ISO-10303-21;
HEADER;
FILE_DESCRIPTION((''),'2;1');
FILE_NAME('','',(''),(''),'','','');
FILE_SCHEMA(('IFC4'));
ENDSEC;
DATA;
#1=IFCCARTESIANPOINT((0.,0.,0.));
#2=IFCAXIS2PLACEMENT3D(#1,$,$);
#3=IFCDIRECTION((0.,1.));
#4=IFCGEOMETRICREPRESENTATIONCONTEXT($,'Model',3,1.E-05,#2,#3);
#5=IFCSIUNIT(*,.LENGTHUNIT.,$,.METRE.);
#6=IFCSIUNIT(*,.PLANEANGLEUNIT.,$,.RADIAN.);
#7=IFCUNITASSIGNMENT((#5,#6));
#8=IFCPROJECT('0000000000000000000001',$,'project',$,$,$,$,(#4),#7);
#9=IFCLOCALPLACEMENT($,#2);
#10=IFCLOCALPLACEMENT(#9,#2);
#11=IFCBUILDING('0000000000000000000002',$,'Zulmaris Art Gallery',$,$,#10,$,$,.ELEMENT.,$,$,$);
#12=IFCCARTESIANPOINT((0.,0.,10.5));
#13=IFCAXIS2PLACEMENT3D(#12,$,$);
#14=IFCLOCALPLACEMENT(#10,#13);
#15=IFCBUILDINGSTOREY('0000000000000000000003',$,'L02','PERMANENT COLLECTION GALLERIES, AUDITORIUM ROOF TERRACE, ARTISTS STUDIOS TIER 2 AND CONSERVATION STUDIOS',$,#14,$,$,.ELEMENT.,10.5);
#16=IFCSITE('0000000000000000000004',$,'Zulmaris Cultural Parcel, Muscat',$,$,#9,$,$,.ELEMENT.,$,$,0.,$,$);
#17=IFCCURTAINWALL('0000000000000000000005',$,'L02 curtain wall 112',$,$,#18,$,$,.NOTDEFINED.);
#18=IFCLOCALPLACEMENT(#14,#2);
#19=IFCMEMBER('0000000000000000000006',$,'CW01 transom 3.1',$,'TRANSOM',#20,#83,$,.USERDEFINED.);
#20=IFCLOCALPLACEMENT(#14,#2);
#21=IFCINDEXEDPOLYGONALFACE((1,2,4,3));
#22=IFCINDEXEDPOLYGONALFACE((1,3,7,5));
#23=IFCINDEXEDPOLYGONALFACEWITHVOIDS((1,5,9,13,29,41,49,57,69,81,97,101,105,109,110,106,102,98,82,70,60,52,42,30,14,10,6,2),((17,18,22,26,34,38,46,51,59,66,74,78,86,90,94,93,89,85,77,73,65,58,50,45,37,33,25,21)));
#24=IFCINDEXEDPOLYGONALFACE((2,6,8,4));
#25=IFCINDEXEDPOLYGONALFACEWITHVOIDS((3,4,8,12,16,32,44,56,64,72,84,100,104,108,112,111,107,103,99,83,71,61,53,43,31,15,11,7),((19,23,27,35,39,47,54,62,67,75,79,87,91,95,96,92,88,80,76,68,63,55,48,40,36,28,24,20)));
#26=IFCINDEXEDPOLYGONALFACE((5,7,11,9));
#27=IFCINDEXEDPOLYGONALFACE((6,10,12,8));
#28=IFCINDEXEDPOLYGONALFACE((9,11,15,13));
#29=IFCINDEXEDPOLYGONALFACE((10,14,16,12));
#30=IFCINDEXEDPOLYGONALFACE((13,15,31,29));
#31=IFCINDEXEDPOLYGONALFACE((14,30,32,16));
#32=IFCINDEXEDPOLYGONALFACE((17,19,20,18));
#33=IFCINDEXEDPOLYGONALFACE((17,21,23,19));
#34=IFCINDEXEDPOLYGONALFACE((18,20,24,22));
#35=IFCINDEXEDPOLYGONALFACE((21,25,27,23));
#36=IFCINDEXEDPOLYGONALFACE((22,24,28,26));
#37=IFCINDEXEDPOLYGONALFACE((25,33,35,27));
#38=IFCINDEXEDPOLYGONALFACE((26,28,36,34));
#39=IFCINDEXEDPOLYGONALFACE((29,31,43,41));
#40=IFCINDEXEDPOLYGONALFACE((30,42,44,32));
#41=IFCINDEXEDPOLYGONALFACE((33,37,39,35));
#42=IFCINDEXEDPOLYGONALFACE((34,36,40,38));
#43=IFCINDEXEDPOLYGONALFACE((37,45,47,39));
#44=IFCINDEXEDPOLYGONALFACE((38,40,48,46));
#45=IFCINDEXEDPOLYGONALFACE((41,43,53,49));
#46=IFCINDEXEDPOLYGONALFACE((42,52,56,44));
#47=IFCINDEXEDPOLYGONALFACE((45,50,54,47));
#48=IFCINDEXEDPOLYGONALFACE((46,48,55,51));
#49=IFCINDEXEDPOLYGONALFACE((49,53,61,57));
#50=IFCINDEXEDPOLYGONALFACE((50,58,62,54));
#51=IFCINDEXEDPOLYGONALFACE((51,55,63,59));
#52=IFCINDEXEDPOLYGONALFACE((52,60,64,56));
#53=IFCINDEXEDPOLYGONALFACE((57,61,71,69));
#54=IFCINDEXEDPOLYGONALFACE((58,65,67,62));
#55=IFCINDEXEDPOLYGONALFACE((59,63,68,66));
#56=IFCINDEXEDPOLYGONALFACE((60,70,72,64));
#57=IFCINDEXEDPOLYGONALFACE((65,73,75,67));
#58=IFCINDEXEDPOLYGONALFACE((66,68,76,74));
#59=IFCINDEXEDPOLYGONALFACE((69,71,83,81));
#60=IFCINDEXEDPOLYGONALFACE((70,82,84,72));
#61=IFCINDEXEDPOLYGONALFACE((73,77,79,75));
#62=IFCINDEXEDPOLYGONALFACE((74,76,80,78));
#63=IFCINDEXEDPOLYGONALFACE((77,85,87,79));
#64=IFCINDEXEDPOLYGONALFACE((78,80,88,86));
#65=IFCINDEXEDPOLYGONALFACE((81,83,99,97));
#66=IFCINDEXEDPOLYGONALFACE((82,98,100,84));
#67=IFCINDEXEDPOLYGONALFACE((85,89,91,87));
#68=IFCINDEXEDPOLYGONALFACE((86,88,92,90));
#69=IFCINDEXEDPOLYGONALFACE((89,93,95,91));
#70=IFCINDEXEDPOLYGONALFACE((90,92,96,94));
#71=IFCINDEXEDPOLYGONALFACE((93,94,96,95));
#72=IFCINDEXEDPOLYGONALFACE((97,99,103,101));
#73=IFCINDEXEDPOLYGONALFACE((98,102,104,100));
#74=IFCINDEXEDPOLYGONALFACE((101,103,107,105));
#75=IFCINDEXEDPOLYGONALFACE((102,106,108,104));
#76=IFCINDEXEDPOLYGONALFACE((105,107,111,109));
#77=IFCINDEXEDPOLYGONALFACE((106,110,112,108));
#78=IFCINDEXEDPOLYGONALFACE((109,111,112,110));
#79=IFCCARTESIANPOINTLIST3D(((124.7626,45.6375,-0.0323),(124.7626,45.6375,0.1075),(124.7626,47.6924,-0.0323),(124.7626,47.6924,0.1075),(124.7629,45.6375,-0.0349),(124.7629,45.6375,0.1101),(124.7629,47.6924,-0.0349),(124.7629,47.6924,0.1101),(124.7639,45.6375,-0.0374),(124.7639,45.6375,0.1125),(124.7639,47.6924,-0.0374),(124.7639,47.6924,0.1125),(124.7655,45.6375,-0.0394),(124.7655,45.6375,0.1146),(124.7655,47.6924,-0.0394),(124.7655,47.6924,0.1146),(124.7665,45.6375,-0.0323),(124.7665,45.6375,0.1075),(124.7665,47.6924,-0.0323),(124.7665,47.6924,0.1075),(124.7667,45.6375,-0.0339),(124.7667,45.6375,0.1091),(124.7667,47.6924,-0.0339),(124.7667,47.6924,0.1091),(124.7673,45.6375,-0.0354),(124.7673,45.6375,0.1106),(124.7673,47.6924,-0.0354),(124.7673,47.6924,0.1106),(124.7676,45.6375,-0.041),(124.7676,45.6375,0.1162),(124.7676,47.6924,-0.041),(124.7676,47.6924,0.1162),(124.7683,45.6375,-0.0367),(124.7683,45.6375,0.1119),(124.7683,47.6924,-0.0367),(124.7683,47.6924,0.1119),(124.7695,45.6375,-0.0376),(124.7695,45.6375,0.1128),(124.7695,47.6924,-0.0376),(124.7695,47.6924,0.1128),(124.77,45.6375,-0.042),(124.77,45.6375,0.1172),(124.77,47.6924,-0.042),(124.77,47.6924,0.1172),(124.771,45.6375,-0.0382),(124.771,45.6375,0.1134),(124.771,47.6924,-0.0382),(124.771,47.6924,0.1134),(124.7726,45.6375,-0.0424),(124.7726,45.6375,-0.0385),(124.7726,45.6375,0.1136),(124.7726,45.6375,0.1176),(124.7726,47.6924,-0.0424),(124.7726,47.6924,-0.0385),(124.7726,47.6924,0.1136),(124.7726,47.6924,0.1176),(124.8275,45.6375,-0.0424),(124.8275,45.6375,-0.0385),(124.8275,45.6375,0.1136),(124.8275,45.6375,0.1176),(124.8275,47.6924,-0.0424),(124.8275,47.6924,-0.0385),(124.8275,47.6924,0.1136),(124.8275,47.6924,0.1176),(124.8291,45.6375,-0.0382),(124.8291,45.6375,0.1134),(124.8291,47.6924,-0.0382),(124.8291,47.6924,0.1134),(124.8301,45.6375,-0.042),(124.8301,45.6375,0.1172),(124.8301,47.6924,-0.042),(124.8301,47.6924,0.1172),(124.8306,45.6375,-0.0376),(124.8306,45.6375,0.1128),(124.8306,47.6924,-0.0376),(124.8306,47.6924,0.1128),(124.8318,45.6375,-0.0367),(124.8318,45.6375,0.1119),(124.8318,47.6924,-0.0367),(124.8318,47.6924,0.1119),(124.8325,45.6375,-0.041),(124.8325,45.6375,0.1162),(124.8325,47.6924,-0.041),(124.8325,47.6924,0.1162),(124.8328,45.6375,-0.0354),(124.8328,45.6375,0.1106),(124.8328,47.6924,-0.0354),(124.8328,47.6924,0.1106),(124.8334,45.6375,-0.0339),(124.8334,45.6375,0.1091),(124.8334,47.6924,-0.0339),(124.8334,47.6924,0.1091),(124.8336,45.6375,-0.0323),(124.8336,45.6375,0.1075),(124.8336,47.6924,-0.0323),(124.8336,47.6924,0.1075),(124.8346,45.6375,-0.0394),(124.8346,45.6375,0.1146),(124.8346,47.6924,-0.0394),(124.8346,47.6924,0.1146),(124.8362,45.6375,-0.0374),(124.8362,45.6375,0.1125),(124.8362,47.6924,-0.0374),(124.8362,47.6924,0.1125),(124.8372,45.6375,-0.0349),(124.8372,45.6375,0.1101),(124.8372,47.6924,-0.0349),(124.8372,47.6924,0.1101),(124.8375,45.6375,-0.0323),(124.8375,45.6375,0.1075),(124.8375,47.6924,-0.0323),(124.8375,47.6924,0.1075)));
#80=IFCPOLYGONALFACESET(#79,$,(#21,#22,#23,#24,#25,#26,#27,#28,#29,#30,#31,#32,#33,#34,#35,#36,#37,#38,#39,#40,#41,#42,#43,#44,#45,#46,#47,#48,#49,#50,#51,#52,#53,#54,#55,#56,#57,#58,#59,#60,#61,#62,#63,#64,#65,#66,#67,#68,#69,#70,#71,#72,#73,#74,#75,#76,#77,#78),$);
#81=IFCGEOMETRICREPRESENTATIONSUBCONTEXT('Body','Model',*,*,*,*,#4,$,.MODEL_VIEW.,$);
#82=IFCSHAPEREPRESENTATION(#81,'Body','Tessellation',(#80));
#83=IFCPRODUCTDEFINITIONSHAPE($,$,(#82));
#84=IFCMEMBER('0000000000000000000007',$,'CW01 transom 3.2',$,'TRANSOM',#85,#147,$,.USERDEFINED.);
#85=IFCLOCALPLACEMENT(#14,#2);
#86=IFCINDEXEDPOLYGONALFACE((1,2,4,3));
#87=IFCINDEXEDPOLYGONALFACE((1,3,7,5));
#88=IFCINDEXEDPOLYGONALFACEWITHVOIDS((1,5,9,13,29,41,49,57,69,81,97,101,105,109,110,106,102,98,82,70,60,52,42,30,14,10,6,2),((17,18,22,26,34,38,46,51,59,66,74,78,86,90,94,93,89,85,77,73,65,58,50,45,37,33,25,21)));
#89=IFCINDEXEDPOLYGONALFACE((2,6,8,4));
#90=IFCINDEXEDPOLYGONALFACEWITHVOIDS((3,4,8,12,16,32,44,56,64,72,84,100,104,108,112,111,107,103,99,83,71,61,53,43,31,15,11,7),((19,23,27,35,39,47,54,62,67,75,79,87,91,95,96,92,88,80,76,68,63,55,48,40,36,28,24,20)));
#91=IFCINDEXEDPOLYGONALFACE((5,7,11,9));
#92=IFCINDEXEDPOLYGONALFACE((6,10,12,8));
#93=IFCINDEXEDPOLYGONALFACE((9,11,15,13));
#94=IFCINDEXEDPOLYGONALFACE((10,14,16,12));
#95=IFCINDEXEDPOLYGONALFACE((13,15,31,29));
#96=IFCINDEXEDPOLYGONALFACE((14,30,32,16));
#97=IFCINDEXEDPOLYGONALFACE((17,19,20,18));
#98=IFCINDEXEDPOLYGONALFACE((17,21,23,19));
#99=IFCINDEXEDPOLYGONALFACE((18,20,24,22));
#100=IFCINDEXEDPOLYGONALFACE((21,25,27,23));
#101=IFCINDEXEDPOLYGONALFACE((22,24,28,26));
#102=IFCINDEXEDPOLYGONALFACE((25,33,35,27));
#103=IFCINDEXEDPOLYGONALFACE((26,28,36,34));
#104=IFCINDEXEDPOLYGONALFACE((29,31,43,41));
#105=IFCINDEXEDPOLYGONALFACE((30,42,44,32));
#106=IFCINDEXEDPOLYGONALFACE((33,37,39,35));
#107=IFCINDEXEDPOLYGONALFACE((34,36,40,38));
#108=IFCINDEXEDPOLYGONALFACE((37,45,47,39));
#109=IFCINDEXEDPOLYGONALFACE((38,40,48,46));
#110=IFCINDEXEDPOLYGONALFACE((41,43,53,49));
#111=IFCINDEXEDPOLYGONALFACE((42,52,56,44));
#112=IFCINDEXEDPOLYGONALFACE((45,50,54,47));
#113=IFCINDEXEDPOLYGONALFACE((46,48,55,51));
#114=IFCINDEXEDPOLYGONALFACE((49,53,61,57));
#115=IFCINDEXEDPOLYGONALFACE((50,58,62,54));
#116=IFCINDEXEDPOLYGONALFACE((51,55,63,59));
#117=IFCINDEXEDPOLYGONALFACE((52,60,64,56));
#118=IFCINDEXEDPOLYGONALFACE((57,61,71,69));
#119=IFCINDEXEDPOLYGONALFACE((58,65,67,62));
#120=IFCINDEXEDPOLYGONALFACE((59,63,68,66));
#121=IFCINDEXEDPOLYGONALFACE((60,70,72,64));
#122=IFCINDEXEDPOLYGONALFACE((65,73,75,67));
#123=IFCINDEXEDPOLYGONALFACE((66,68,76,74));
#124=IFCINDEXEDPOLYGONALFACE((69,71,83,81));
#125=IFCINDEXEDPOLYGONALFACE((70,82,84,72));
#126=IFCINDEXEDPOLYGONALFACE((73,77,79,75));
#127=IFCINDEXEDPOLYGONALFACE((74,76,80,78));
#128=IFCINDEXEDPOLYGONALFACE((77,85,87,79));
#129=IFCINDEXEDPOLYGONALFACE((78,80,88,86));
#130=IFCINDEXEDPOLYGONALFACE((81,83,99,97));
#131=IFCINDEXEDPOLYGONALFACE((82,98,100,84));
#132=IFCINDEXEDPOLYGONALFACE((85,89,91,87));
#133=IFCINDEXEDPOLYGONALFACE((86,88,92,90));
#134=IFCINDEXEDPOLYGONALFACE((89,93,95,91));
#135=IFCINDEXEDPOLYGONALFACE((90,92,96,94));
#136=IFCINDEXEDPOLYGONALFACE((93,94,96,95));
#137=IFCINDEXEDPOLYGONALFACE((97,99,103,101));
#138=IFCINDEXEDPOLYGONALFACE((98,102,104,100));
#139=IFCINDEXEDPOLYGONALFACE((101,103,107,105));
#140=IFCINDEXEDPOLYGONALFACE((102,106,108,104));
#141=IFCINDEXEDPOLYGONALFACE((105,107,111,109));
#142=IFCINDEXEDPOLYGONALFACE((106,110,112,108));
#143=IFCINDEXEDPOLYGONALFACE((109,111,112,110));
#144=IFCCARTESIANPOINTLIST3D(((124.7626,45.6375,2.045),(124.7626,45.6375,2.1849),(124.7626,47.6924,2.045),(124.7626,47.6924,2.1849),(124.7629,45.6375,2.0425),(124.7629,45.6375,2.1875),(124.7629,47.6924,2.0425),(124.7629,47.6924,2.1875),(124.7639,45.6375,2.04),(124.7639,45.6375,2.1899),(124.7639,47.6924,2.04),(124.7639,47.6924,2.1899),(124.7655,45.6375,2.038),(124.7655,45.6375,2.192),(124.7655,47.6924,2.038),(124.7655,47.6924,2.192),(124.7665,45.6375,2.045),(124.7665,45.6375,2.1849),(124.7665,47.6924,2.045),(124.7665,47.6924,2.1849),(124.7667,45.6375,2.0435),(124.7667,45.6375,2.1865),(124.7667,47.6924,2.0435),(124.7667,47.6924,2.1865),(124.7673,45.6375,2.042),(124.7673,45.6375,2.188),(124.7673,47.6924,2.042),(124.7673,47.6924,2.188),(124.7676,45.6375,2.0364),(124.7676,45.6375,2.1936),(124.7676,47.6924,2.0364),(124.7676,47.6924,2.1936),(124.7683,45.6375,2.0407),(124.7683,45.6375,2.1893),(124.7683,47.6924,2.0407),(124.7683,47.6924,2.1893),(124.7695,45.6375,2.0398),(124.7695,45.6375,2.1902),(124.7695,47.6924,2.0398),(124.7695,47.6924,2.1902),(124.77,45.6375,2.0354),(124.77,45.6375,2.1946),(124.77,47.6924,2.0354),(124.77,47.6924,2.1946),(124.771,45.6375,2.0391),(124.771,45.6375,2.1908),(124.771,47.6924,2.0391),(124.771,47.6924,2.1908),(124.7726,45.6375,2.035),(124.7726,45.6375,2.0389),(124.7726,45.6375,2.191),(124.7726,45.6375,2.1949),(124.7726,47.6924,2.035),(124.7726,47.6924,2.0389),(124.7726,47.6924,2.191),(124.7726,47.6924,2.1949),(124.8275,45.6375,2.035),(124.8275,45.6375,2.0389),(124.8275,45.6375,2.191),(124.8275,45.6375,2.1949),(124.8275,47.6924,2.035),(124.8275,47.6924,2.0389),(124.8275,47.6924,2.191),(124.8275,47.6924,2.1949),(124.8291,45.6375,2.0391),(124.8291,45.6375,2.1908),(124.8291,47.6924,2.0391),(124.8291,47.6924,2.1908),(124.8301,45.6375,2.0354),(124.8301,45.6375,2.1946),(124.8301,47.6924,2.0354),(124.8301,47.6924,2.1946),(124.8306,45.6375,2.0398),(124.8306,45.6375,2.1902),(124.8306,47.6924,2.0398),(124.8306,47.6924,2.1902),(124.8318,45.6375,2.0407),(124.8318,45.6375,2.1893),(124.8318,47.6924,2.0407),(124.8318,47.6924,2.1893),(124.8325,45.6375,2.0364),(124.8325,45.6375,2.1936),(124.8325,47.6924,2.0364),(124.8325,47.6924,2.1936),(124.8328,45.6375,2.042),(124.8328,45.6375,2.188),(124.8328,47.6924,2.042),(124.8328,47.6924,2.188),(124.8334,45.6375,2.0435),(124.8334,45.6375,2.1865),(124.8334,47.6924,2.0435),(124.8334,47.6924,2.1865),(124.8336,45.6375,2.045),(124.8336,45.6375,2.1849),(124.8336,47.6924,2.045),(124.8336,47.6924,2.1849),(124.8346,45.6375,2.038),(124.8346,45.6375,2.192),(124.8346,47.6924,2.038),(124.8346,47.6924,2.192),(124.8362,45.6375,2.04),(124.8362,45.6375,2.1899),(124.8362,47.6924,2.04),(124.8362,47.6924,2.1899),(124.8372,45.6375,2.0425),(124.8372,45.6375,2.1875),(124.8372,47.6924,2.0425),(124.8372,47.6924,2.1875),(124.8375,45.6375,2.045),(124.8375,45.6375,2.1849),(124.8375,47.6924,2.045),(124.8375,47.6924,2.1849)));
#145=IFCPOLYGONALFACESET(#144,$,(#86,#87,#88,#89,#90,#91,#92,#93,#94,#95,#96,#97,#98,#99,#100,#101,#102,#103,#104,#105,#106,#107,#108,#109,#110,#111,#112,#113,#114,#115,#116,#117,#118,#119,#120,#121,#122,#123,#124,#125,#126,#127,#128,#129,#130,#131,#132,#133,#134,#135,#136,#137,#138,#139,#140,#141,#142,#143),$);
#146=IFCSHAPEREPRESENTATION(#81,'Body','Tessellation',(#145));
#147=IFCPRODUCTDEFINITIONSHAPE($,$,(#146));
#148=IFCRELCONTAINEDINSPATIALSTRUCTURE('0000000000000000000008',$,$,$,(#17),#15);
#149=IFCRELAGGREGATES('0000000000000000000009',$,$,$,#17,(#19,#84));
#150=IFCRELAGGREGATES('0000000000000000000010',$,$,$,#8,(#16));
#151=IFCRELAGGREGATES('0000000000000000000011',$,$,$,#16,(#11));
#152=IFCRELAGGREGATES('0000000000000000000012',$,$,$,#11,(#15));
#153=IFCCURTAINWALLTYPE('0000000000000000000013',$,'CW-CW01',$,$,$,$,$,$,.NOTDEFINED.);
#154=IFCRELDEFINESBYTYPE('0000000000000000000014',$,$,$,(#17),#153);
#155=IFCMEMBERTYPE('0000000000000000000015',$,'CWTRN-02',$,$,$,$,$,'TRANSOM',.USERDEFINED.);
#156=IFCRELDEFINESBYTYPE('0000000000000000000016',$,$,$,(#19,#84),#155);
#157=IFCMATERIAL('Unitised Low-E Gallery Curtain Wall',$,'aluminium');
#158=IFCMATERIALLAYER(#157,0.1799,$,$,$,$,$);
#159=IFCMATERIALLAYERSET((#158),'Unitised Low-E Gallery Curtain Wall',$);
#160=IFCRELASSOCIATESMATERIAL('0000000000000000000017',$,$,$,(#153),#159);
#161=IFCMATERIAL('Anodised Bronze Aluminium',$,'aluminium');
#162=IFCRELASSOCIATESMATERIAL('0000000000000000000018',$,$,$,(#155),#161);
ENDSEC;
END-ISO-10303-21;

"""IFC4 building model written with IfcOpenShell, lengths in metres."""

from ifc_helpers import new_model, si_unit, direction, frame, origin, origin_2d, place, context, subcontext, project, spatial, hollow_rectangle, extrude, material, layer, layer_set, material_profile, profile_set, type_object, element, aggregate, save


model = new_model("IFC4")

# Units and contexts
model_context = context("Model", 3, precision=1e-05, world=origin(), true_north=direction((0.0, 1.0)))
body_context = subcontext(model_context, "Body", "Model", "MODEL_VIEW")
ifc_project = project(units=[si_unit("LENGTHUNIT", "METRE"), si_unit("PLANEANGLEUNIT", "RADIAN")], contexts=[model_context])

# Site, building, storey
site_placement = place(None, origin())
site = spatial("IfcSite", under=ifc_project, at=site_placement, Name="Zulmaris Cultural Parcel, Muscat", CompositionType="ELEMENT", RefElevation=0.0)
building_placement = place(site_placement, origin())
building = spatial("IfcBuilding", under=site, at=building_placement, Name="Zulmaris Art Gallery", CompositionType="ELEMENT")
storey_placement = place(building_placement, frame((0.0, 0.0, 10.5)))
storey = spatial("IfcBuildingStorey", under=building, at=storey_placement, Name="L02", Description="PERMANENT COLLECTION GALLERIES, AUDITORIUM ROOF TERRACE, ARTISTS STUDIOS TIER 2 AND CONSERVATION STUDIOS", CompositionType="ELEMENT", Elevation=10.5)

# Curtain wall
ifc_material_1 = material(Name="Unitised Low-E Gallery Curtain Wall", Category="aluminium")
ifc_layer_1 = layer(ifc_material_1, 0.1799)
ifc_layer_set_1 = layer_set([ifc_layer_1], Name="Unitised Low-E Gallery Curtain Wall")
curtain_wall_type = type_object("IfcCurtainWallType", Name="CW-CW01", PredefinedType="NOTDEFINED", material=ifc_layer_set_1)
curtain_wall_1_placement = place(storey_placement, origin())
curtain_wall_1 = element("IfcCurtainWall", 1, at=curtain_wall_1_placement, inside=storey, type_object=curtain_wall_type, Name="L02 curtain wall 112", PredefinedType="NOTDEFINED")
ifc_material_2 = material(Name="Anodised Bronze Aluminium", Category="aluminium")

# Members
ifc_material_profile_1 = material_profile(ifc_material_2, hollow_rectangle(XDim=0.075, YDim=0.1599, WallThickness=0.0039, InnerFilletRadius=0.0061, OuterFilletRadius=0.01, at=origin_2d()), Name="ALU 75x160x4")
ifc_profile_set_1 = profile_set([ifc_material_profile_1], Name="Anodised Bronze Aluminium")
member_type_1 = type_object("IfcMemberType", Name="CWTRN-02", ElementType="TRANSOM", PredefinedType="USERDEFINED", material=ifc_profile_set_1)
member_1_placement = place(storey_placement, frame((124.8, 45.6375, 0.0376), z_axis=(0.0, 1.0, 0.0), x_axis=(-1.0, 0.0, 0.0)))
member_1 = element("IfcMember", 2, at=member_1_placement, type_object=member_type_1, Name="CW01 transom 3.1", ObjectType="TRANSOM", PredefinedType="USERDEFINED", context=body_context, shape_type="SweptSolid", body=[
    extrude(hollow_rectangle(XDim=0.075, YDim=0.1599, WallThickness=0.0039, InnerFilletRadius=0.0061, OuterFilletRadius=0.01, at=origin_2d()), origin(), (0.0, 0.0, 1.0), 2.0549),
])
member_2_placement = place(storey_placement, frame((124.8, 45.6375, 2.115), z_axis=(0.0, 1.0, 0.0), x_axis=(-1.0, 0.0, 0.0)))
member_2 = element("IfcMember", 3, at=member_2_placement, type_object=member_type_1, Name="CW01 transom 3.2", ObjectType="TRANSOM", PredefinedType="USERDEFINED", context=body_context, shape_type="SweptSolid", body=[
    extrude(hollow_rectangle(XDim=0.075, YDim=0.1599, WallThickness=0.0039, InnerFilletRadius=0.0061, OuterFilletRadius=0.01, at=origin_2d()), origin(), (0.0, 0.0, 1.0), 2.0549),
])

aggregate(curtain_wall_1, [member_1, member_2])

save(model, "model.ifc")
